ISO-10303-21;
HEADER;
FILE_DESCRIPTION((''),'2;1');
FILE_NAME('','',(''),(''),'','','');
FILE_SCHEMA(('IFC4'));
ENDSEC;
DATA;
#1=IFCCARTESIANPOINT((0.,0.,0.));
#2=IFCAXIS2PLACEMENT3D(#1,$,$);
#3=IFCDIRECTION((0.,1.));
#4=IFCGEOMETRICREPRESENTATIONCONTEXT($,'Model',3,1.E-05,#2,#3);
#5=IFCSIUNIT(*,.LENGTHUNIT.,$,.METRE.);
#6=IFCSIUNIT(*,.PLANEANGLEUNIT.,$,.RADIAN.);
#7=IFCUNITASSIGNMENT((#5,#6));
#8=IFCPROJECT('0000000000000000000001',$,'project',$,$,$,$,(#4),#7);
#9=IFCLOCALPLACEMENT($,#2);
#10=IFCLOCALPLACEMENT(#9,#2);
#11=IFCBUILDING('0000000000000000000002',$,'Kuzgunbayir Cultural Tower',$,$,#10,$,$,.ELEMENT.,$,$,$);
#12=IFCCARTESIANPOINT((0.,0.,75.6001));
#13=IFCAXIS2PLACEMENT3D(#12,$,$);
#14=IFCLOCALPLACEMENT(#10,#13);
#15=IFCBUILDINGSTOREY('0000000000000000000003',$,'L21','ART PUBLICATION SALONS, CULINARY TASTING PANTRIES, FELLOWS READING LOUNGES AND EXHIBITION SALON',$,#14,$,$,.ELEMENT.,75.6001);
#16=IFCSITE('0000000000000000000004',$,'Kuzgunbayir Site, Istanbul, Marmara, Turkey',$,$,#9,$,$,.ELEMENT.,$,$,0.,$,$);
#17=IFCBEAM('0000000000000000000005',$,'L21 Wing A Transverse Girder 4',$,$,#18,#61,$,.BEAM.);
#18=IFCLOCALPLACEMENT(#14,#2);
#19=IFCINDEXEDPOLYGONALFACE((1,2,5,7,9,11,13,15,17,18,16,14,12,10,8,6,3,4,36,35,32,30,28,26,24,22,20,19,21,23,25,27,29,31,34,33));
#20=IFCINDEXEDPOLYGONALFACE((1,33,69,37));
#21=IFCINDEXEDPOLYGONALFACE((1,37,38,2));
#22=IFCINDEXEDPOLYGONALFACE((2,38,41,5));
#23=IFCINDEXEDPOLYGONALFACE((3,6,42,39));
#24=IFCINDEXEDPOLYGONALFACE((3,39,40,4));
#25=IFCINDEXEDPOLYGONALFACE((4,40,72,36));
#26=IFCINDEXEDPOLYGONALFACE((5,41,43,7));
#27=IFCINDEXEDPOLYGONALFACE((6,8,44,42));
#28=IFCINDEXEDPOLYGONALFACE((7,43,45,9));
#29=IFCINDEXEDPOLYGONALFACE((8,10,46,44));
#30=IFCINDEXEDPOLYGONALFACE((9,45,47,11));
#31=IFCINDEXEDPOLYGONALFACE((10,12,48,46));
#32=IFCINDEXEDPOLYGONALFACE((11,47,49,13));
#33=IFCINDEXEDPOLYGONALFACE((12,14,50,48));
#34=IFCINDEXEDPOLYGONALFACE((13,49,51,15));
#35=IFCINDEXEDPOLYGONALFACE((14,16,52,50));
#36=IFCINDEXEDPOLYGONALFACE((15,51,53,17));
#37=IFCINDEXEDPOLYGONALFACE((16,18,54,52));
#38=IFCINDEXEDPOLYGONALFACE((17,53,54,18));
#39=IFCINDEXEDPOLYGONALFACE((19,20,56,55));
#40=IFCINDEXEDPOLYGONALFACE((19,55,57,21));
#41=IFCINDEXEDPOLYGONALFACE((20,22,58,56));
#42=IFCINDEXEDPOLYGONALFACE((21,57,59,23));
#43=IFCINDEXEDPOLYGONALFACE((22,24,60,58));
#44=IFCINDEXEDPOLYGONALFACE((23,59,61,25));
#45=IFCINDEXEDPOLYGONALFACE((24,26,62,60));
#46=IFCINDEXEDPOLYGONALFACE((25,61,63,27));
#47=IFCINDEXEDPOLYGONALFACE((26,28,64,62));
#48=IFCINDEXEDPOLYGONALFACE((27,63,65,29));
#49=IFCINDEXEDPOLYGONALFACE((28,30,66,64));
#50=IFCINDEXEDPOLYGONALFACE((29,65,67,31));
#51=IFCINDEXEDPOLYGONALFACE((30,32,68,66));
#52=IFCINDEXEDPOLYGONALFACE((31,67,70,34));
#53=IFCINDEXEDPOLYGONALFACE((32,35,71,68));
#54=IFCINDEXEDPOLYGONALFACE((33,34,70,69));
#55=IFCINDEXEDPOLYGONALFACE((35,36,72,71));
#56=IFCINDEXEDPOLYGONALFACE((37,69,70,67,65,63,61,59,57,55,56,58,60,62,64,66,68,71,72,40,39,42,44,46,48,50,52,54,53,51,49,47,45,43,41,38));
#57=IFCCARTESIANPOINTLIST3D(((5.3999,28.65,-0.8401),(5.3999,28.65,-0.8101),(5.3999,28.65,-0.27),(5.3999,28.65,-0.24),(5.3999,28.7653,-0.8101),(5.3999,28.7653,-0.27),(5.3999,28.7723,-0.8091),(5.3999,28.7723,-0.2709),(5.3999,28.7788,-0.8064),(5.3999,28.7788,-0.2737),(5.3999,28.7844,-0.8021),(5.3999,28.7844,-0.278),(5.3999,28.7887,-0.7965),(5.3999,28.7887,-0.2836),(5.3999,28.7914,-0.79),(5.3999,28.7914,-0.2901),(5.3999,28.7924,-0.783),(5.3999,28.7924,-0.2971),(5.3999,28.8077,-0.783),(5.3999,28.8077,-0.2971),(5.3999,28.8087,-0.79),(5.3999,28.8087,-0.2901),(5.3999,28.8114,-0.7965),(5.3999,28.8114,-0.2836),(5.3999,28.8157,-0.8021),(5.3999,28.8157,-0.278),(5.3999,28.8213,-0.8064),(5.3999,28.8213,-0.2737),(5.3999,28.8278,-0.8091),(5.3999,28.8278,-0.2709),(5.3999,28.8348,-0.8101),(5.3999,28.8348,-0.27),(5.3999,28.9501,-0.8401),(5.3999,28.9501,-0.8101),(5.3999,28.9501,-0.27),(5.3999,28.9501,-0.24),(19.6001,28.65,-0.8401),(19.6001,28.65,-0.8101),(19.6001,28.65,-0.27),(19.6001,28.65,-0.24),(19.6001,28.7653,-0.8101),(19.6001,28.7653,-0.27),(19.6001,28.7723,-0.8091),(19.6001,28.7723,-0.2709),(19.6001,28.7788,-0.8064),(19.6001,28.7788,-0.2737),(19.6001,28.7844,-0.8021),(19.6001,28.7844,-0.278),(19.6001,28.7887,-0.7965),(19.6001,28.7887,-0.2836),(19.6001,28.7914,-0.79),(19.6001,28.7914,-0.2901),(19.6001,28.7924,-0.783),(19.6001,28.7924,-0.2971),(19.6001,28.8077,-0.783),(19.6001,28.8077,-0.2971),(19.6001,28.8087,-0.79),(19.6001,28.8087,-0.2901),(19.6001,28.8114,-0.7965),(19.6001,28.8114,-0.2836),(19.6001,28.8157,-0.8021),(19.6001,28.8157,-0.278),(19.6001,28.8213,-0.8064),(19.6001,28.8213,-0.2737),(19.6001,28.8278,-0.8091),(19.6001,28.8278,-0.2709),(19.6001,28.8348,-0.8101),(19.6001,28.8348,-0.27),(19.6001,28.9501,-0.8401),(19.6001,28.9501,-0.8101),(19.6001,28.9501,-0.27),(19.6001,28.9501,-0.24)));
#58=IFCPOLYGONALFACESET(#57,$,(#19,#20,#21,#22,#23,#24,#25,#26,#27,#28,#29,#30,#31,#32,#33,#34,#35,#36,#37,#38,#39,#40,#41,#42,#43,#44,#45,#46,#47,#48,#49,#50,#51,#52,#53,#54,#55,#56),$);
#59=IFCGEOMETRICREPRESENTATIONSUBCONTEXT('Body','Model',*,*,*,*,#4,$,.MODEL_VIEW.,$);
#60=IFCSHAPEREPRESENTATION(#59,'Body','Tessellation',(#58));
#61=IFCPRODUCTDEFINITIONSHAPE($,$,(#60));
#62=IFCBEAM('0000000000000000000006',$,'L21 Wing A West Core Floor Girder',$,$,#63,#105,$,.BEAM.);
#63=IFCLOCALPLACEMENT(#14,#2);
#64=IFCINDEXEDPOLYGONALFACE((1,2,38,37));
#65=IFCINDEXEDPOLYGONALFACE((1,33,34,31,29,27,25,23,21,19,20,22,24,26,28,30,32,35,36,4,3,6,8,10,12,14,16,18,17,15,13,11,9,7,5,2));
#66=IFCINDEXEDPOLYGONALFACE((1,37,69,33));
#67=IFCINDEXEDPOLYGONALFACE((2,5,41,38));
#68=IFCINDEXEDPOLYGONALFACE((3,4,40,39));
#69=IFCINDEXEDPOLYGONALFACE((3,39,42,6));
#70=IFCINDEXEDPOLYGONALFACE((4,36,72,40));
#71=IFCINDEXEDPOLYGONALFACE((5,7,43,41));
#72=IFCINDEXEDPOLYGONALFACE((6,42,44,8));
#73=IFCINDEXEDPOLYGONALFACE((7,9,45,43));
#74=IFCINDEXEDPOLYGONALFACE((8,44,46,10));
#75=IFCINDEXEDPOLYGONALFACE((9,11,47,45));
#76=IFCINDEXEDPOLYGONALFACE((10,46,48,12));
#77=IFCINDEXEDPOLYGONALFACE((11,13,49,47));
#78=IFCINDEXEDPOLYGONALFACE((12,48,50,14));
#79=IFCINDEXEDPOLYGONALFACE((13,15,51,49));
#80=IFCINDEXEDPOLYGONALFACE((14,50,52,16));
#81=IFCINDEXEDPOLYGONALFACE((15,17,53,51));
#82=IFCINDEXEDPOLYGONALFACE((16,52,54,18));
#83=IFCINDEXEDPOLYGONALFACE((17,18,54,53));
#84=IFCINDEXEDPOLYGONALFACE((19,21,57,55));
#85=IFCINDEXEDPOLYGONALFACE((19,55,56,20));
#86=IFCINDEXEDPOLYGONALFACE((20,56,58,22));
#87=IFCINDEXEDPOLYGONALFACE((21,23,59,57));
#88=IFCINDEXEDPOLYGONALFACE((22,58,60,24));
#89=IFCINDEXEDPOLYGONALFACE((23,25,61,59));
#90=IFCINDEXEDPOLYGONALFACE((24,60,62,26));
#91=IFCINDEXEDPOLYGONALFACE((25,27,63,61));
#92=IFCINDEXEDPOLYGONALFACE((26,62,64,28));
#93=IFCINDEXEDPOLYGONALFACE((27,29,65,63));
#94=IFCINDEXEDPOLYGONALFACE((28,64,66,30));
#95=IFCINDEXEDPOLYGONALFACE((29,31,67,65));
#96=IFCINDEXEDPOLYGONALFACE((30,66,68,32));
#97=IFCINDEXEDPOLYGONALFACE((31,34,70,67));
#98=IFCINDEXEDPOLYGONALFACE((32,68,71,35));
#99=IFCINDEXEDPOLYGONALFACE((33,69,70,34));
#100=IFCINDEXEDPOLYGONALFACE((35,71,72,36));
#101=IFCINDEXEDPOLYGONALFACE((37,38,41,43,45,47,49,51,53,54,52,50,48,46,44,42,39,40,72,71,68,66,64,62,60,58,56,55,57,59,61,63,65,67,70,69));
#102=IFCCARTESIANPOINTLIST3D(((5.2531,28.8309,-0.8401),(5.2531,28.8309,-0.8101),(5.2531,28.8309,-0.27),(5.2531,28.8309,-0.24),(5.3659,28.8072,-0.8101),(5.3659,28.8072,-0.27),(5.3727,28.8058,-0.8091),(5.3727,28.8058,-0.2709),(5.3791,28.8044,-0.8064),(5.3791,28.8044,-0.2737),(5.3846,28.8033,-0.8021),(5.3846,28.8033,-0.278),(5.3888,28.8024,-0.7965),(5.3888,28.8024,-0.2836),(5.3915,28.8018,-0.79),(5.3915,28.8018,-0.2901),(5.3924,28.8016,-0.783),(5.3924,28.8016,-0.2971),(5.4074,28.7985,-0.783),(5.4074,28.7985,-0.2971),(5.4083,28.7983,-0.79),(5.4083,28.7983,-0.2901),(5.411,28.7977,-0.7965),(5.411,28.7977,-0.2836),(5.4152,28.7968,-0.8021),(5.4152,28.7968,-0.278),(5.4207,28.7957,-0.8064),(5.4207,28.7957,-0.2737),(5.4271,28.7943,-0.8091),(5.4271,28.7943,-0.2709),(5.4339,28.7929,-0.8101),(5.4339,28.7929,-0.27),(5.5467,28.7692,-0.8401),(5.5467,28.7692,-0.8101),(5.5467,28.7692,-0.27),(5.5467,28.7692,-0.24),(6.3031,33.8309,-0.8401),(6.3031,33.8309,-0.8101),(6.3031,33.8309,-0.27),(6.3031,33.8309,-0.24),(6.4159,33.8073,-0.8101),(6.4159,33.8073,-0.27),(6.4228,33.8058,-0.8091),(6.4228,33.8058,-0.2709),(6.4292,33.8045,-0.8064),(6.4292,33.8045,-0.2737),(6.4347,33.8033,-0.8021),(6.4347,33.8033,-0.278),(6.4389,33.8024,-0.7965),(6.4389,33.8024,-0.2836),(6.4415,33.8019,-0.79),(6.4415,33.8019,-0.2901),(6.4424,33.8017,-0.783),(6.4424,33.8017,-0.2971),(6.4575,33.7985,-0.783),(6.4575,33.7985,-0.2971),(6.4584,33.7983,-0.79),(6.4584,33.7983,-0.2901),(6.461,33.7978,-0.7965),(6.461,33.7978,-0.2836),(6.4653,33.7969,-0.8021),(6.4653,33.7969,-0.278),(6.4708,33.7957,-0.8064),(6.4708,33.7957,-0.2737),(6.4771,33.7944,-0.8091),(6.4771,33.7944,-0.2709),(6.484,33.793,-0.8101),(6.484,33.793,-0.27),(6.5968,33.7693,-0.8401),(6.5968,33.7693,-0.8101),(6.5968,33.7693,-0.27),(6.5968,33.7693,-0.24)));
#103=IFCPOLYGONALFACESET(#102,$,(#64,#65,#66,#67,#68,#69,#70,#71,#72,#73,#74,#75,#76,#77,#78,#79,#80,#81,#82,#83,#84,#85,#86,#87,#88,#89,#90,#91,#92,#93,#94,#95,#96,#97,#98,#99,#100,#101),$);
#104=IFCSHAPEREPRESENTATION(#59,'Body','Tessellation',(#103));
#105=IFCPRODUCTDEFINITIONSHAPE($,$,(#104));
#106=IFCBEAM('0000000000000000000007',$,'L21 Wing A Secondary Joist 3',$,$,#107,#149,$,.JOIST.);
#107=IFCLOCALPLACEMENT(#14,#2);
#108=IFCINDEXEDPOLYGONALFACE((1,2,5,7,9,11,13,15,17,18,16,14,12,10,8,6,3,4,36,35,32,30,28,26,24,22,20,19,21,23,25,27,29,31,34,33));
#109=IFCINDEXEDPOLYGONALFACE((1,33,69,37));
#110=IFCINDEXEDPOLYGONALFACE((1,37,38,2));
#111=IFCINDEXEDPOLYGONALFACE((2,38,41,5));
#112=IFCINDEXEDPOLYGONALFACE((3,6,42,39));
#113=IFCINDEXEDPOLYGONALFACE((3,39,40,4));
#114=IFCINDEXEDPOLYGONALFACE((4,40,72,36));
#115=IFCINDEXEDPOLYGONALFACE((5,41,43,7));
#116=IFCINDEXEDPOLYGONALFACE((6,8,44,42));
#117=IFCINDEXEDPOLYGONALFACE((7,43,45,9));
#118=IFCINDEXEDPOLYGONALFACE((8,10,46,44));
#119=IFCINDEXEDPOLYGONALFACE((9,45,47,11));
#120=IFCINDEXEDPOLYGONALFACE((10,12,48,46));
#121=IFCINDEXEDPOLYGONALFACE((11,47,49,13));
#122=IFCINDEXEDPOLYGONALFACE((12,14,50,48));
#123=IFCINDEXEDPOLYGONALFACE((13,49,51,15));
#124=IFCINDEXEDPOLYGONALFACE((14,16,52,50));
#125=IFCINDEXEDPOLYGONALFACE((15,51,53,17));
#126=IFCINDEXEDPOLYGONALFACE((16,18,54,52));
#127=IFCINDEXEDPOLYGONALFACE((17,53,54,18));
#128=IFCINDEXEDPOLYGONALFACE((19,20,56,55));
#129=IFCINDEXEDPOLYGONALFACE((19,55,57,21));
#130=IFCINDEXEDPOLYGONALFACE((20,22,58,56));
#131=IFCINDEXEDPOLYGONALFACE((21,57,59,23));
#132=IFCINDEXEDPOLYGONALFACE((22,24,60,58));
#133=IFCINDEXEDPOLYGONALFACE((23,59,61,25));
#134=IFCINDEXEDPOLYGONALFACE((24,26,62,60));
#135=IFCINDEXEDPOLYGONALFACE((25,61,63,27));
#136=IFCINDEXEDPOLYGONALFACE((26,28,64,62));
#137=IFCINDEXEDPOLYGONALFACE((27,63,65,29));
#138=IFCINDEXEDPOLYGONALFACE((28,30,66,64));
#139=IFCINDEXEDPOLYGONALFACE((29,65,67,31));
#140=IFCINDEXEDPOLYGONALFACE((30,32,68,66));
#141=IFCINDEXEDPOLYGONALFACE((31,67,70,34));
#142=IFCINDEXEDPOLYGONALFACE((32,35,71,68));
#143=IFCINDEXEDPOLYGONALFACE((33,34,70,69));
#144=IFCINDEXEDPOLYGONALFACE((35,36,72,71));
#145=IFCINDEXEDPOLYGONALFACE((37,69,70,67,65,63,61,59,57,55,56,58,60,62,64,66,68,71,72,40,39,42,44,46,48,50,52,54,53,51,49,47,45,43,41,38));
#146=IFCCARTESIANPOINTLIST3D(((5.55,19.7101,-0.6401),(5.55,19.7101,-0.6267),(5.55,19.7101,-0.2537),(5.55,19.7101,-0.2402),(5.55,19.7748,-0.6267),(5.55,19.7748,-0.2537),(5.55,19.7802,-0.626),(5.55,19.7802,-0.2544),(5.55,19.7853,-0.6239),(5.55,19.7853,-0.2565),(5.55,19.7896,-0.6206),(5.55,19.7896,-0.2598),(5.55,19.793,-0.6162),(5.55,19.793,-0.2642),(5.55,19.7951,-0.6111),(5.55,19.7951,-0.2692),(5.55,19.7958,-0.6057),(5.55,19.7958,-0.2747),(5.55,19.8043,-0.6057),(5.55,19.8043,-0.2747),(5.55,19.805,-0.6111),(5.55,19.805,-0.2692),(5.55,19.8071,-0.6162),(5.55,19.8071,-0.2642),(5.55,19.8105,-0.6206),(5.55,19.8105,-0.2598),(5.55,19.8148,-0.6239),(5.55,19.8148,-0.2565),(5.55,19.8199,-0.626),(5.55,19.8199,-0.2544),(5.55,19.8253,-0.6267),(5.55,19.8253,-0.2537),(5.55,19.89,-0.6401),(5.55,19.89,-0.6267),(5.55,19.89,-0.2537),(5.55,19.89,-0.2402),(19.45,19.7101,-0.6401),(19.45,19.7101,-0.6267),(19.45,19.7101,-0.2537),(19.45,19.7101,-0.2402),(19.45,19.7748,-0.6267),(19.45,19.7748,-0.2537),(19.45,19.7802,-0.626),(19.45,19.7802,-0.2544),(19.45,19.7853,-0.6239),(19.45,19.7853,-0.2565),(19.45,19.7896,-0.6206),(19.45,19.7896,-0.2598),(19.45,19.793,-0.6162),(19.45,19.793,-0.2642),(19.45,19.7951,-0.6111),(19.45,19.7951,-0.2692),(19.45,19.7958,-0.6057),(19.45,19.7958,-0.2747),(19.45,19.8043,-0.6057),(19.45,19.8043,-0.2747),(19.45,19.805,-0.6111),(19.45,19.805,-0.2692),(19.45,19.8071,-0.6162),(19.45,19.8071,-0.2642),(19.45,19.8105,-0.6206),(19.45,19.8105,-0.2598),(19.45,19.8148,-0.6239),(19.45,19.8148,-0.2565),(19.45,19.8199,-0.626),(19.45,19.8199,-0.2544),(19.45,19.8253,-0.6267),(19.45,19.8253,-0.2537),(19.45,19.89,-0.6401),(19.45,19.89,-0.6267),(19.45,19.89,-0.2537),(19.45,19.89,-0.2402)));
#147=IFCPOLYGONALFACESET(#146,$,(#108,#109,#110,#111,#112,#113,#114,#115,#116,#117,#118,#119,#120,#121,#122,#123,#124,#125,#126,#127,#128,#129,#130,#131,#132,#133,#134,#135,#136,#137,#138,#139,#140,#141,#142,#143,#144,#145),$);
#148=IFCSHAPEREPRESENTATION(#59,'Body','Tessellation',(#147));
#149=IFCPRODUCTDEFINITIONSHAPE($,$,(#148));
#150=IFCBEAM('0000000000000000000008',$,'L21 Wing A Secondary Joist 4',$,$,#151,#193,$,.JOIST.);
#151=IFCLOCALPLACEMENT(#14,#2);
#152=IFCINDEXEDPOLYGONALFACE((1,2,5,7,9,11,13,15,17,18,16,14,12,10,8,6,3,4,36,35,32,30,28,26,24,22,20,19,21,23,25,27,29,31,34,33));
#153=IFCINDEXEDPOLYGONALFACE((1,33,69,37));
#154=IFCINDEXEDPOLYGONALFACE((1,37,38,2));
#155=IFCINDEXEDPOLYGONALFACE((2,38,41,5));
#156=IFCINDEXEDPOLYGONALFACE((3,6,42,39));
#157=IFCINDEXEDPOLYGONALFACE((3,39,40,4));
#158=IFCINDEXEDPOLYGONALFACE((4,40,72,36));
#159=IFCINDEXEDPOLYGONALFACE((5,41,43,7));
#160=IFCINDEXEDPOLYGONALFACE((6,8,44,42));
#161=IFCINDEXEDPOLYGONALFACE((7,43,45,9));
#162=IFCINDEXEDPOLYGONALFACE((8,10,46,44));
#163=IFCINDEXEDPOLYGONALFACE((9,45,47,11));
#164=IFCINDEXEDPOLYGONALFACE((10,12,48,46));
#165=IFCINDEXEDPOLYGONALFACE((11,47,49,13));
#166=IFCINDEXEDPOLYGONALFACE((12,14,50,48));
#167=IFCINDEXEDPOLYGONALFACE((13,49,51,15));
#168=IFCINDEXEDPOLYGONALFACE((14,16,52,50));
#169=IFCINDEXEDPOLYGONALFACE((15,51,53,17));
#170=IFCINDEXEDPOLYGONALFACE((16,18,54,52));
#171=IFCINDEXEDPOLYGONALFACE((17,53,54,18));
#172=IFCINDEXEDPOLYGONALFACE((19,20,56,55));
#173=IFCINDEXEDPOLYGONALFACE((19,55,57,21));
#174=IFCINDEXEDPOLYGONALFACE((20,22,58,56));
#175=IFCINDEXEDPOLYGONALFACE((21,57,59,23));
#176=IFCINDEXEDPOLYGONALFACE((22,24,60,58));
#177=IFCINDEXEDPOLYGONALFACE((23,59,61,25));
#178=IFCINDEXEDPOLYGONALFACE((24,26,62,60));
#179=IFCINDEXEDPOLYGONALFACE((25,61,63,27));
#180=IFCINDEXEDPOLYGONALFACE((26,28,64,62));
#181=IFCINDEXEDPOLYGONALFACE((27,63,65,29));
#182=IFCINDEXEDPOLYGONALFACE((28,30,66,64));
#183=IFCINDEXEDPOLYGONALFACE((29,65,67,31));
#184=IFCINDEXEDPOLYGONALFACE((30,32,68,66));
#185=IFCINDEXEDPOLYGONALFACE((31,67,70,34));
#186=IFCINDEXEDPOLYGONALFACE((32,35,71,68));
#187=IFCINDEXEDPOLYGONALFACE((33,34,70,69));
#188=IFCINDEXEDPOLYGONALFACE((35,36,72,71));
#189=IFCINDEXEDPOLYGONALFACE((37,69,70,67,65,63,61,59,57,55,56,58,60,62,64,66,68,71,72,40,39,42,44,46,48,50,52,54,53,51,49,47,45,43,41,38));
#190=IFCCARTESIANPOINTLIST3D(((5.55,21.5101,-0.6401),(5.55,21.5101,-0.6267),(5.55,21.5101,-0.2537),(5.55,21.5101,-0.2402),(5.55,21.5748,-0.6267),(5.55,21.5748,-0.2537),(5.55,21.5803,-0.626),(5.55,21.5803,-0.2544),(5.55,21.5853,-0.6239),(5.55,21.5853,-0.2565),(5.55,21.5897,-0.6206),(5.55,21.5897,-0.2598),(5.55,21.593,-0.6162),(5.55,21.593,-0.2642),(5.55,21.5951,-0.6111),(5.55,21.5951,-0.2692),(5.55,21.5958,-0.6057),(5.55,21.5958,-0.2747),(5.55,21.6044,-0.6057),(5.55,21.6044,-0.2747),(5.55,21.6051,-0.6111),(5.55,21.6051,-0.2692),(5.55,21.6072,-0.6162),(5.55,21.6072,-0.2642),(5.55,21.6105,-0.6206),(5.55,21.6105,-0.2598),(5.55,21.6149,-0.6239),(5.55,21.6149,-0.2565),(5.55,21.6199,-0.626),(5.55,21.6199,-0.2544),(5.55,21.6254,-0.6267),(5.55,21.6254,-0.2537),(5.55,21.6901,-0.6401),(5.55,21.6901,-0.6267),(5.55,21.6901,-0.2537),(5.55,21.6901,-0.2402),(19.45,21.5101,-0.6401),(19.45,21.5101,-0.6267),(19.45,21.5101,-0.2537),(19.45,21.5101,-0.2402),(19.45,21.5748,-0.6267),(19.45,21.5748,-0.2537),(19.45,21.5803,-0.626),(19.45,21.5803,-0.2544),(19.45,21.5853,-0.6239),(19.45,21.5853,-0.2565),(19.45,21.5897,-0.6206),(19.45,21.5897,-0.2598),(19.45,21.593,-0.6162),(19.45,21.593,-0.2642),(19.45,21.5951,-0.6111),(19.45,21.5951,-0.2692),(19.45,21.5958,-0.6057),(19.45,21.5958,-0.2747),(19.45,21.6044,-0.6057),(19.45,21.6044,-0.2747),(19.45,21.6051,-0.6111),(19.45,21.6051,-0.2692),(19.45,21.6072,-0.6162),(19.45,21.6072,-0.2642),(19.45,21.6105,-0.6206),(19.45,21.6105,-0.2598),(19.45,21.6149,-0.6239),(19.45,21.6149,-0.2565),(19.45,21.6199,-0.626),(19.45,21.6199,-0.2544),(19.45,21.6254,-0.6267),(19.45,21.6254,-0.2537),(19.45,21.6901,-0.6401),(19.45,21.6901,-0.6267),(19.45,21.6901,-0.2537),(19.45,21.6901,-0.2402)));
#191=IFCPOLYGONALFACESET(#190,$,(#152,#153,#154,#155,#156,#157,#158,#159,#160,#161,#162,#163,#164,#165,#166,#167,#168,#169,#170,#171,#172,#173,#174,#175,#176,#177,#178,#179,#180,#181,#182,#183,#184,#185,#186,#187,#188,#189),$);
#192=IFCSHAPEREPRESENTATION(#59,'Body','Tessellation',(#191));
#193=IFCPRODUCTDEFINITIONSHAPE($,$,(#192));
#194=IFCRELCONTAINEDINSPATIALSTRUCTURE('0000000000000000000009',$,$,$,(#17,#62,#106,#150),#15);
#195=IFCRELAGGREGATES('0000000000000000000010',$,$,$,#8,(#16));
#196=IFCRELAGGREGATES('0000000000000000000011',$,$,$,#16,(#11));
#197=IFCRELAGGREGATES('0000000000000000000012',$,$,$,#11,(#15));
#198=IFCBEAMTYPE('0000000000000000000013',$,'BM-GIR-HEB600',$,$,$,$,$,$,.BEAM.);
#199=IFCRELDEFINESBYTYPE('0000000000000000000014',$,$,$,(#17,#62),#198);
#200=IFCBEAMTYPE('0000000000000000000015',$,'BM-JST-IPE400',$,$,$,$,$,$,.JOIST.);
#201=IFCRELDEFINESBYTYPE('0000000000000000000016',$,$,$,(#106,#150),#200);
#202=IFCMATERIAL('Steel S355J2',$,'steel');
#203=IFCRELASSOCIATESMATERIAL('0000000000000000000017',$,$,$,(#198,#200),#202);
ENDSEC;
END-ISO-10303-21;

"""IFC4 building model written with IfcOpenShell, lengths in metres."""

from ifc_helpers import new_model, si_unit, direction, frame, origin, origin_2d, place, context, subcontext, project, spatial, i_section, extrude, material, material_profile, profile_set, type_object, element, save


model = new_model("IFC4")

# Units and contexts
model_context = context("Model", 3, precision=1e-05, world=origin(), true_north=direction((0.0, 1.0)))
body_context = subcontext(model_context, "Body", "Model", "MODEL_VIEW")
ifc_project = project(units=[si_unit("LENGTHUNIT", "METRE"), si_unit("PLANEANGLEUNIT", "RADIAN")], contexts=[model_context])

# Site, building, storey
site_placement = place(None, origin())
site = spatial("IfcSite", under=ifc_project, at=site_placement, Name="Kuzgunbayir Site, Istanbul, Marmara, Turkey", CompositionType="ELEMENT", RefElevation=0.0)
building_placement = place(site_placement, origin())
building = spatial("IfcBuilding", under=site, at=building_placement, Name="Kuzgunbayir Cultural Tower", CompositionType="ELEMENT")
storey_placement = place(building_placement, frame((0.0, 0.0, 75.6001)))
storey = spatial("IfcBuildingStorey", under=building, at=storey_placement, Name="L21", Description="ART PUBLICATION SALONS, CULINARY TASTING PANTRIES, FELLOWS READING LOUNGES AND EXHIBITION SALON", CompositionType="ELEMENT", Elevation=75.6001)

# Beams
ifc_material_1 = material(Name="Steel S355J2", Category="steel")
ifc_material_profile_1 = material_profile(ifc_material_1, i_section(OverallWidth=0.3, OverallDepth=0.6001, WebThickness=0.0154, FlangeThickness=0.03, FilletRadius=0.0271, at=origin_2d()), Name="HEB 600")
ifc_profile_set_1 = profile_set([ifc_material_profile_1], Name="Steel S355J2")
beam_type_1 = type_object("IfcBeamType", Name="BM-GIR-HEB600", PredefinedType="BEAM", material=ifc_profile_set_1)
beam_1_placement = place(storey_placement, frame((5.3999, 28.8, -0.54), z_axis=(1.0, 0.0, 0.0), x_axis=(0.0, 1.0, 0.0)))
element("IfcBeam", 1, at=beam_1_placement, inside=storey, type_object=beam_type_1, Name="L21 Wing A Transverse Girder 4", PredefinedType="BEAM", context=body_context, shape_type="SweptSolid", body=[
    extrude(i_section(OverallWidth=0.3, OverallDepth=0.6001, WebThickness=0.0154, FlangeThickness=0.03, FilletRadius=0.0271, at=origin_2d()), origin(), (0.0, 0.0, 1.0), 14.2002),
])
beam_2_placement = place(storey_placement, frame((5.3999, 28.8, -0.54), z_axis=(0.205526, 0.978652, 0.0), x_axis=(-0.978652, 0.205526, 0.0)))
element("IfcBeam", 2, at=beam_2_placement, inside=storey, type_object=beam_type_1, Name="L21 Wing A West Core Floor Girder", PredefinedType="BEAM", context=body_context, shape_type="SweptSolid", body=[
    extrude(i_section(OverallWidth=0.3, OverallDepth=0.6001, WebThickness=0.0154, FlangeThickness=0.03, FilletRadius=0.0271, at=origin_2d()), origin(), (0.0, 0.0, 1.0), 5.1091),
])
ifc_material_profile_2 = material_profile(ifc_material_1, i_section(OverallWidth=0.1799, OverallDepth=0.3999, WebThickness=0.0085, FlangeThickness=0.0134, FilletRadius=0.021, at=origin_2d()), Name="IPE 400")
ifc_profile_set_2 = profile_set([ifc_material_profile_2], Name="Steel S355J2")
beam_type_2 = type_object("IfcBeamType", Name="BM-JST-IPE400", PredefinedType="JOIST", material=ifc_profile_set_2)
for number, where, z_axis, x_axis, name in (
    (3, (5.55, 19.8, -0.4402), (1.0, 0.0, 0.0), (0.0, 1.0, 0.0), "L21 Wing A Secondary Joist 3"),
    (4, (5.55, 21.6001, -0.4402), (1.0, 0.0, 0.0), (0.0, 1.0, 0.0), "L21 Wing A Secondary Joist 4"),
):
    element("IfcBeam", number, at=place(storey_placement, frame(where, z_axis=z_axis, x_axis=x_axis)), inside=storey, type_object=beam_type_2, Name=name, PredefinedType="JOIST", context=body_context, shape_type="SweptSolid", body=[
        extrude(i_section(OverallWidth=0.1799, OverallDepth=0.3999, WebThickness=0.0085, FlangeThickness=0.0134, FilletRadius=0.021, at=origin_2d()), origin(), (0.0, 0.0, 1.0), 13.8999),
    ])

save(model, "model.ifc")
